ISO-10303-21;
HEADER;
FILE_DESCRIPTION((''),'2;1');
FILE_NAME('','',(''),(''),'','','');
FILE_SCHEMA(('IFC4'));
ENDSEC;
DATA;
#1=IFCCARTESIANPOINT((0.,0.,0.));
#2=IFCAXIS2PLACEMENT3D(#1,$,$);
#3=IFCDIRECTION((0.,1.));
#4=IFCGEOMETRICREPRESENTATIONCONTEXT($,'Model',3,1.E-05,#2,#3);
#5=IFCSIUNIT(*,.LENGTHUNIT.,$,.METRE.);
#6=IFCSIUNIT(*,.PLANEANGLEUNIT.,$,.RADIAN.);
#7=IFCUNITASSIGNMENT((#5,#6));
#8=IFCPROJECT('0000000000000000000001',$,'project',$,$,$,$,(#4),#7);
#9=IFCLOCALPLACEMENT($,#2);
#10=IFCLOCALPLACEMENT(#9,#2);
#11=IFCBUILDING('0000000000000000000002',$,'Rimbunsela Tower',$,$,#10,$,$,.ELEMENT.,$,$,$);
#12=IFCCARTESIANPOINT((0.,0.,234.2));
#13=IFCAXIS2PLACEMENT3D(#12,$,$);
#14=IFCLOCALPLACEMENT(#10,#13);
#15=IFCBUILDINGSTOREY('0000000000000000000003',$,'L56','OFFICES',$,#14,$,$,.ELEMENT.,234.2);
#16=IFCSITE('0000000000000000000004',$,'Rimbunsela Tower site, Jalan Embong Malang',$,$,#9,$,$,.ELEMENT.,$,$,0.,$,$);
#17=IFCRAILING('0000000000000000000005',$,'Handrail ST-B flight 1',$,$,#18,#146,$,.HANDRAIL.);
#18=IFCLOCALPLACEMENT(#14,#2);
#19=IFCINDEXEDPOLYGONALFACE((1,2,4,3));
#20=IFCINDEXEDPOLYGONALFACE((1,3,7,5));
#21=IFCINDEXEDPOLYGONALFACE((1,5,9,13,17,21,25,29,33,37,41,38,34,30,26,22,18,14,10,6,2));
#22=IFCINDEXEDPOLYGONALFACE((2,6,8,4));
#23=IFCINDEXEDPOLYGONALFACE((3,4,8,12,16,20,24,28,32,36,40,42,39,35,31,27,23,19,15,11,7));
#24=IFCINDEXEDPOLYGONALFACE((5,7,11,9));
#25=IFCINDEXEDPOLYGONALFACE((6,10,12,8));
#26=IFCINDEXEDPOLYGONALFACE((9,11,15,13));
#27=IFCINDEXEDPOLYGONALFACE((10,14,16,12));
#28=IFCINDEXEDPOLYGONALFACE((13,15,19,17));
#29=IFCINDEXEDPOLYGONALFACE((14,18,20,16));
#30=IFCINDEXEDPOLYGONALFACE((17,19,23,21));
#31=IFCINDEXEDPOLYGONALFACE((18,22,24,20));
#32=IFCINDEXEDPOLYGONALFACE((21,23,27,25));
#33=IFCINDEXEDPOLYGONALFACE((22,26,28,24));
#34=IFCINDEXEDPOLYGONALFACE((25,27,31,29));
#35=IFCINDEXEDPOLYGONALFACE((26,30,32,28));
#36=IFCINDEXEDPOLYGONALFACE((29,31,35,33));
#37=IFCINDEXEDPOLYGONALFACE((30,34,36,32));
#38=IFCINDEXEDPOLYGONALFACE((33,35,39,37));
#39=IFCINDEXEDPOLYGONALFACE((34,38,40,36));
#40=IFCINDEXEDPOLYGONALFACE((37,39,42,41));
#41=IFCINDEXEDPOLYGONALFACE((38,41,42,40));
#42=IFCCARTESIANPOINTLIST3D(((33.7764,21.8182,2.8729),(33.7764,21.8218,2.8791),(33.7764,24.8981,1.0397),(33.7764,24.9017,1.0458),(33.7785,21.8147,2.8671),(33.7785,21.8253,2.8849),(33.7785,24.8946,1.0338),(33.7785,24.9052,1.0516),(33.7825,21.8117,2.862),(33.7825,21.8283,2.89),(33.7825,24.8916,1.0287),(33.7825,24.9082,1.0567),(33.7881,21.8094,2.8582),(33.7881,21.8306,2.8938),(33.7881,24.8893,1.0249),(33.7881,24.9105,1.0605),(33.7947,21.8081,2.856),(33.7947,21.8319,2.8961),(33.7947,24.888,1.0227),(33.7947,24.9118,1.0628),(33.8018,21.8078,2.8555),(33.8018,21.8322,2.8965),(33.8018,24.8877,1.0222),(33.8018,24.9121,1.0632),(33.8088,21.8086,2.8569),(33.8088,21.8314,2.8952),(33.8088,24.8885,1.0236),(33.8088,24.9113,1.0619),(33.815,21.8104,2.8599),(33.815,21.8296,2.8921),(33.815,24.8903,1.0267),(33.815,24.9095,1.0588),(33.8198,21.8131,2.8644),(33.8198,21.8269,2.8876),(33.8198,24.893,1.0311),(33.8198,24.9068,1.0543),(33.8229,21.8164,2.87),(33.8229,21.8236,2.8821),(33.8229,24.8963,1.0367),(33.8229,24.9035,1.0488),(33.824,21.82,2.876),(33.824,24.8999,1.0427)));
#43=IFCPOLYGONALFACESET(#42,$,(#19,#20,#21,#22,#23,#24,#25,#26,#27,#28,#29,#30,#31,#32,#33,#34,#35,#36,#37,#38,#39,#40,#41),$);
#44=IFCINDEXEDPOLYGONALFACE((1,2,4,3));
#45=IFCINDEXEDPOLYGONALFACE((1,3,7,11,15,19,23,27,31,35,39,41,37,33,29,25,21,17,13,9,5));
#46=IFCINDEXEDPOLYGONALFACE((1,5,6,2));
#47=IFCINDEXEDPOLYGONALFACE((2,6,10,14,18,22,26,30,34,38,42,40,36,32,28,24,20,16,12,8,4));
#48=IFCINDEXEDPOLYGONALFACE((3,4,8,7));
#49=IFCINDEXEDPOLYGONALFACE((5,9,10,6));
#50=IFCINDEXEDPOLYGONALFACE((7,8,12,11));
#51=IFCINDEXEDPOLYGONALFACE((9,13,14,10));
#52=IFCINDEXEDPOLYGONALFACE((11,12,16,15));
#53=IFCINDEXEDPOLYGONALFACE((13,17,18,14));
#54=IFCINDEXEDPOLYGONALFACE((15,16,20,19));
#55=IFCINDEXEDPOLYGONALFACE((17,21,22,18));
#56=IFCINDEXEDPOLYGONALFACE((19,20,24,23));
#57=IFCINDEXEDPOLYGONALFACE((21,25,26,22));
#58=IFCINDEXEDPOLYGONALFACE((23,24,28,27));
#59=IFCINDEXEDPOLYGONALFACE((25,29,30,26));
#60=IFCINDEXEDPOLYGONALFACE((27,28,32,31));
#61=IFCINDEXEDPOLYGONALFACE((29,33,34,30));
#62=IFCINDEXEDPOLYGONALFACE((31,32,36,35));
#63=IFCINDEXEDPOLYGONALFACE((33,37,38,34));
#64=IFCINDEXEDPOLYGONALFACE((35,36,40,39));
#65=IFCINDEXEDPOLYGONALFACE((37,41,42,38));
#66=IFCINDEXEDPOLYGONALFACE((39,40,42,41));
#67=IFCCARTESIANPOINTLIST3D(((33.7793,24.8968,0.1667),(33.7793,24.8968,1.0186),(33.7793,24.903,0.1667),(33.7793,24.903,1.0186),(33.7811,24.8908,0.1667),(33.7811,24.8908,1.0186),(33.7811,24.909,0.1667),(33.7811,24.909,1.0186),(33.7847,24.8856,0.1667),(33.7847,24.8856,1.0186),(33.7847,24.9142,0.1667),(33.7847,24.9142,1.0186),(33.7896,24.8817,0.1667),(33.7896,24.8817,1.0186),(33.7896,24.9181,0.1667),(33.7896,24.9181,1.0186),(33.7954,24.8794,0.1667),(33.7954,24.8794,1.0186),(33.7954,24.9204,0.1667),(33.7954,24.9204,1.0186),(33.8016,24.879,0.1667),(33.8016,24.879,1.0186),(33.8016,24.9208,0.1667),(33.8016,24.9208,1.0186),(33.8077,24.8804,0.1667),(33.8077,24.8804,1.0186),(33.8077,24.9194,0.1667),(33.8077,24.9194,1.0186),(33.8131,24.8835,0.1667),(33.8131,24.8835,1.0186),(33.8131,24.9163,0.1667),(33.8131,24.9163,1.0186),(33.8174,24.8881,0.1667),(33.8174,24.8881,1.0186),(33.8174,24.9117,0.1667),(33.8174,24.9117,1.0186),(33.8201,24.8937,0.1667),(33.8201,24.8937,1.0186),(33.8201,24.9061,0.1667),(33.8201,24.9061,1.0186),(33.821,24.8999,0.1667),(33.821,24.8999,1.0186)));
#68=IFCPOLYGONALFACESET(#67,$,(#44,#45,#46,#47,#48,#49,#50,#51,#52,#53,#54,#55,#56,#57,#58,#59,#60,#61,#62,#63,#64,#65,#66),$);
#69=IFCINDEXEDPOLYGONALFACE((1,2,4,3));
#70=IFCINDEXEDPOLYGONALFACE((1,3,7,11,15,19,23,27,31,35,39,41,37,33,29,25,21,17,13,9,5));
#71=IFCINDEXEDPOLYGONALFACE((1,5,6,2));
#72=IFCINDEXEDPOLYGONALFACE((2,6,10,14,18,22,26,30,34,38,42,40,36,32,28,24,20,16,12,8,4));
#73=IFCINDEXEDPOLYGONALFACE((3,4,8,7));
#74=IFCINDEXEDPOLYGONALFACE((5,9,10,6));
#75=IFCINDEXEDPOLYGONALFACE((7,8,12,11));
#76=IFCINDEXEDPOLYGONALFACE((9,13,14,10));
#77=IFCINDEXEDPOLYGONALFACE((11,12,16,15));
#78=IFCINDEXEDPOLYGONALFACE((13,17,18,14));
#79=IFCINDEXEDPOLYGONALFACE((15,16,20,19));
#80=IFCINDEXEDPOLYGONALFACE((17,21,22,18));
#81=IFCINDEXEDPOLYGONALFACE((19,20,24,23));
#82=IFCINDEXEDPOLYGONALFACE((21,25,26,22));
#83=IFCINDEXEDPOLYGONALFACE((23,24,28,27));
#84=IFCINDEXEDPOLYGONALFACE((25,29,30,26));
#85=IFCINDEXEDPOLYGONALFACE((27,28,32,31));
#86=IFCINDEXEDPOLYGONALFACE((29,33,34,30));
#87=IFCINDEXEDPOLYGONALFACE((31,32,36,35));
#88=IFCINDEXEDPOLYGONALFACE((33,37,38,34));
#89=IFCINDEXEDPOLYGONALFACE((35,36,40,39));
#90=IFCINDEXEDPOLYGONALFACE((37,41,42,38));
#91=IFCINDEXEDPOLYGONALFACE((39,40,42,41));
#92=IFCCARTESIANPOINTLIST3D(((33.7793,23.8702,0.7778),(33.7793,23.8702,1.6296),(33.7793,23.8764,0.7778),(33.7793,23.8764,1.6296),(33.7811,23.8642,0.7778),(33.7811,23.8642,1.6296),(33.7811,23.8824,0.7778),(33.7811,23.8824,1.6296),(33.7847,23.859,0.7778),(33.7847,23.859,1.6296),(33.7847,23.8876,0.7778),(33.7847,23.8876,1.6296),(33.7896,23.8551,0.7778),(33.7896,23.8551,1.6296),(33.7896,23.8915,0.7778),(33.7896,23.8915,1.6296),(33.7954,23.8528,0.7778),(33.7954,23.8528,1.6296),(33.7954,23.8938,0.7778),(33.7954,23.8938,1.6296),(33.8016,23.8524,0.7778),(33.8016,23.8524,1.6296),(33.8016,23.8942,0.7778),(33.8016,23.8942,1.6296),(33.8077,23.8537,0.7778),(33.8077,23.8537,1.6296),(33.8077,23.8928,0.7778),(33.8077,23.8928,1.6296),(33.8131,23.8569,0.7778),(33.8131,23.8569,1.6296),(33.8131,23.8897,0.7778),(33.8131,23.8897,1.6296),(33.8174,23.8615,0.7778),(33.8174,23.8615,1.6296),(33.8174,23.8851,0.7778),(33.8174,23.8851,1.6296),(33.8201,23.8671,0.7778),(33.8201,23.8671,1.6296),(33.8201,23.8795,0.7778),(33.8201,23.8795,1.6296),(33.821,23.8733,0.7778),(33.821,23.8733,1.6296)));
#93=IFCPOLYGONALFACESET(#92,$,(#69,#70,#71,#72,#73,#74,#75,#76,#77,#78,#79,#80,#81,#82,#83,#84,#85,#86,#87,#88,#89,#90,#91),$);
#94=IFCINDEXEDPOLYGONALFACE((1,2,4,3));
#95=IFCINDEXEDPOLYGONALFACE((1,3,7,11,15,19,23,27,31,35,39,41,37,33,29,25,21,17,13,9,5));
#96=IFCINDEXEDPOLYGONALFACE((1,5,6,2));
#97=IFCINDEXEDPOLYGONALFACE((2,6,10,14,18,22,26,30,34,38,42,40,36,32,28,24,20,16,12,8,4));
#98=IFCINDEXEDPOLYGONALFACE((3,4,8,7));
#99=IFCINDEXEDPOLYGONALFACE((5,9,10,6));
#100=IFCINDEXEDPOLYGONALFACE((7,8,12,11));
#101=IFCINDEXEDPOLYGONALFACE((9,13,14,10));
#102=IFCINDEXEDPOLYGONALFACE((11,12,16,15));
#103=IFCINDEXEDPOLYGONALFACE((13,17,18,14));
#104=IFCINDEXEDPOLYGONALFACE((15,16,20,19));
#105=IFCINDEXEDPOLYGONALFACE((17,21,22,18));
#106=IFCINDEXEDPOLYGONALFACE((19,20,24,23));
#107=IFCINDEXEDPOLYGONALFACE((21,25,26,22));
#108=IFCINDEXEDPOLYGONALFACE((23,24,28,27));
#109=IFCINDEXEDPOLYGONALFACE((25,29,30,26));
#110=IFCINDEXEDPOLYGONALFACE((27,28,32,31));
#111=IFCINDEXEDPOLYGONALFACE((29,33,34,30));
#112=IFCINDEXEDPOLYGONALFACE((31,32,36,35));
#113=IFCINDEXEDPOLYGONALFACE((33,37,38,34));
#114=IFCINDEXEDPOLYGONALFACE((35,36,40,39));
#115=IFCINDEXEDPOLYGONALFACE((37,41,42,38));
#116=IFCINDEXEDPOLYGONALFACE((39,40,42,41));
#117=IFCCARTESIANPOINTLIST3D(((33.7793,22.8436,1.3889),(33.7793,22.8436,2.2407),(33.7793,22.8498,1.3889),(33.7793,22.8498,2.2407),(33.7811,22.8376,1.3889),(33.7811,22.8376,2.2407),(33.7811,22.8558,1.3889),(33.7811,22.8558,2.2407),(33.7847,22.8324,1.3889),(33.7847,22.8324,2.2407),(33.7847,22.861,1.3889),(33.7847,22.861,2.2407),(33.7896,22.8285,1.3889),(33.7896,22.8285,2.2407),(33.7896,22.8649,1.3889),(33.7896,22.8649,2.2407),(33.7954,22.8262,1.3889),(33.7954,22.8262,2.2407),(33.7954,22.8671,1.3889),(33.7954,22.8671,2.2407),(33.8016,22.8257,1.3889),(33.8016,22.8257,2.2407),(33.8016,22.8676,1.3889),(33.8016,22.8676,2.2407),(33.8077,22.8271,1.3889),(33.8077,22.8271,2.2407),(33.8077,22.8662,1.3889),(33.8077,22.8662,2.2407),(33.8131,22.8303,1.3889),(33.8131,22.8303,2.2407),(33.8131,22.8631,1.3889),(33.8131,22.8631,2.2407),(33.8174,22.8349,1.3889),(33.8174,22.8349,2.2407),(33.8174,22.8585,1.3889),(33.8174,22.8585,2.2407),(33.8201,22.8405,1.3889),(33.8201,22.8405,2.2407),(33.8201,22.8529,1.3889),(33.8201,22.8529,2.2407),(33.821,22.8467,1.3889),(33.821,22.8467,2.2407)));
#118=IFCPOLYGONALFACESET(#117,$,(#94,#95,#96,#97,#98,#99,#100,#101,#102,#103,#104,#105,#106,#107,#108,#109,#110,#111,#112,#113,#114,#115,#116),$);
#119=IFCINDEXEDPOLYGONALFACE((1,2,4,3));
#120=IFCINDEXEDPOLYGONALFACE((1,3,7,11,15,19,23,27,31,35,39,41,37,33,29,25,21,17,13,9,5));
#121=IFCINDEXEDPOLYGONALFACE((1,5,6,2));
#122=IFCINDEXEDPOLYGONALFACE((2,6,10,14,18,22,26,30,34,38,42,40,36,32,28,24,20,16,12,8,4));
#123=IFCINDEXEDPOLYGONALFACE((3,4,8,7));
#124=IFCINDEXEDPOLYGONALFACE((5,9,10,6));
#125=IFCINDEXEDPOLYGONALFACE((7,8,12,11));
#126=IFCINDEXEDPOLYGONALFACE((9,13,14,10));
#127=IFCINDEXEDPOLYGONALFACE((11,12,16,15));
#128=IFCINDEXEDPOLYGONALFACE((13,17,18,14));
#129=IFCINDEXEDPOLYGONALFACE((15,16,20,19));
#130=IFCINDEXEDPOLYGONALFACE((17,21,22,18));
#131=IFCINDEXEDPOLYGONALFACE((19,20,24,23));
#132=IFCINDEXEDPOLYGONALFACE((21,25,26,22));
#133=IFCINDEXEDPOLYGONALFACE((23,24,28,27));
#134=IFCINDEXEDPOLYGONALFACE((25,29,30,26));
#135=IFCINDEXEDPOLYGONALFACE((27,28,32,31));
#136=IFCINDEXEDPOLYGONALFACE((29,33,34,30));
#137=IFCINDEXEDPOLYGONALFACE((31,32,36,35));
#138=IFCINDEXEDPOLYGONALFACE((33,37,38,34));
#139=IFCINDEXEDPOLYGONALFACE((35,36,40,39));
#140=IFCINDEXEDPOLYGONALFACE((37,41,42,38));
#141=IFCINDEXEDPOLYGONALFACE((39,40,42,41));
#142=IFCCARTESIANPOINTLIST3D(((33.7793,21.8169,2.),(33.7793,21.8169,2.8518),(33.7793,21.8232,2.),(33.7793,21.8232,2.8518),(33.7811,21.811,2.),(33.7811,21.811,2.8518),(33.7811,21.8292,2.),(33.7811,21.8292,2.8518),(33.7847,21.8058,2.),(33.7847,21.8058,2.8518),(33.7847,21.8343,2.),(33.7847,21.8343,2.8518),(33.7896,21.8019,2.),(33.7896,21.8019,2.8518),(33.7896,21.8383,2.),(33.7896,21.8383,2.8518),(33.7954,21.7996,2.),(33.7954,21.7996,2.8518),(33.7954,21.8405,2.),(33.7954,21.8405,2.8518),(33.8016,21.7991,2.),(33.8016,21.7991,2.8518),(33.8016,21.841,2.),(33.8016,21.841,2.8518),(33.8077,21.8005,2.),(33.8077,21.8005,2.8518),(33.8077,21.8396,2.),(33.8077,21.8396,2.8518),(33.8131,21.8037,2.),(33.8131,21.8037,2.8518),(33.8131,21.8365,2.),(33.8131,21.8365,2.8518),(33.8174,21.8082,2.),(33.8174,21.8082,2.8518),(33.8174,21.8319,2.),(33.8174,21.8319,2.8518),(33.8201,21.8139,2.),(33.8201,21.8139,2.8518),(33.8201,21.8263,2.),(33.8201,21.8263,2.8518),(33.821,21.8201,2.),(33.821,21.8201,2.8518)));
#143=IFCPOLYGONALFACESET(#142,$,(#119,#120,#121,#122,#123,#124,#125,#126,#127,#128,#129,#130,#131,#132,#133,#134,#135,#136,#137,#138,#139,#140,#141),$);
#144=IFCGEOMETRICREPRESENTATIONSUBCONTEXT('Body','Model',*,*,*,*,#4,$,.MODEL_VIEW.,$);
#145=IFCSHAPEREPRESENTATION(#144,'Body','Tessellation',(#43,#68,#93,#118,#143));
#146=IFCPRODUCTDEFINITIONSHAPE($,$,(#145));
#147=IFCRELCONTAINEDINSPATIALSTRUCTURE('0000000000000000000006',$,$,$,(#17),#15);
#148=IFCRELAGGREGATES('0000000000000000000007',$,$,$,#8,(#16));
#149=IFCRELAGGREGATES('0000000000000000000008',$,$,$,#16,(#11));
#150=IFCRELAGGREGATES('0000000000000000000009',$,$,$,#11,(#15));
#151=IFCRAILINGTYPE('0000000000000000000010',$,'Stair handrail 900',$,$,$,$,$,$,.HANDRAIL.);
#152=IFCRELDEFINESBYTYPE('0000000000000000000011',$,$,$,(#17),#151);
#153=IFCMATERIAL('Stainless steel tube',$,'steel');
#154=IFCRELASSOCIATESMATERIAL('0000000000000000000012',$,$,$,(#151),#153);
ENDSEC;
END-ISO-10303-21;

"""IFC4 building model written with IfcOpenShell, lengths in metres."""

from ifc_helpers import new_model, si_unit, direction, frame, origin, origin_2d, place, context, subcontext, project, spatial, circle, extrude, material, type_object, element, save


model = new_model("IFC4")

# Units and contexts
model_context = context("Model", 3, precision=1e-05, world=origin(), true_north=direction((0.0, 1.0)))
body_context = subcontext(model_context, "Body", "Model", "MODEL_VIEW")
ifc_project = project(units=[si_unit("LENGTHUNIT", "METRE"), si_unit("PLANEANGLEUNIT", "RADIAN")], contexts=[model_context])

# Site, building, storey
site_placement = place(None, origin())
site = spatial("IfcSite", under=ifc_project, at=site_placement, Name="Rimbunsela Tower site, Jalan Embong Malang", CompositionType="ELEMENT", RefElevation=0.0)
building_placement = place(site_placement, origin())
building = spatial("IfcBuilding", under=site, at=building_placement, Name="Rimbunsela Tower", CompositionType="ELEMENT")
storey_placement = place(building_placement, frame((0.0, 0.0, 234.2)))
storey = spatial("IfcBuildingStorey", under=building, at=storey_placement, Name="L56", Description="OFFICES", CompositionType="ELEMENT", Elevation=234.2)

# Railing
ifc_material_1 = material(Name="Stainless steel tube", Category="steel")
railing_type = type_object("IfcRailingType", Name="Stair handrail 900", PredefinedType="HANDRAIL", material=ifc_material_1)
railing_placement = place(storey_placement, frame((33.8, 24.8999, 0.1667)))
element("IfcRailing", 1, at=railing_placement, inside=storey, type_object=railing_type, Name="Handrail ST-B flight 1", PredefinedType="HANDRAIL", context=body_context, shape_type="SweptSolid", body=[
    extrude(circle(Radius=0.0239, at=origin_2d()), frame((0.0, 0.0, 0.876), z_axis=(0.0, -0.859291, 0.511487), x_axis=(1.0, 0.0, 0.0)), (0.0, 0.0, 1.0), 3.5842),
    extrude(circle(Radius=0.021, at=origin_2d()), origin(), (0.0, 0.0, 1.0), 0.8518),
    extrude(circle(Radius=0.021, at=origin_2d()), frame((0.0, -1.0266, 0.6111)), (0.0, 0.0, 1.0), 0.8518),
    extrude(circle(Radius=0.021, at=origin_2d()), frame((0.0, -2.0532, 1.2222)), (0.0, 0.0, 1.0), 0.8518),
    extrude(circle(Radius=0.021, at=origin_2d()), frame((0.0, -3.0798, 1.8333)), (0.0, 0.0, 1.0), 0.8518),
])

save(model, "model.ifc")
